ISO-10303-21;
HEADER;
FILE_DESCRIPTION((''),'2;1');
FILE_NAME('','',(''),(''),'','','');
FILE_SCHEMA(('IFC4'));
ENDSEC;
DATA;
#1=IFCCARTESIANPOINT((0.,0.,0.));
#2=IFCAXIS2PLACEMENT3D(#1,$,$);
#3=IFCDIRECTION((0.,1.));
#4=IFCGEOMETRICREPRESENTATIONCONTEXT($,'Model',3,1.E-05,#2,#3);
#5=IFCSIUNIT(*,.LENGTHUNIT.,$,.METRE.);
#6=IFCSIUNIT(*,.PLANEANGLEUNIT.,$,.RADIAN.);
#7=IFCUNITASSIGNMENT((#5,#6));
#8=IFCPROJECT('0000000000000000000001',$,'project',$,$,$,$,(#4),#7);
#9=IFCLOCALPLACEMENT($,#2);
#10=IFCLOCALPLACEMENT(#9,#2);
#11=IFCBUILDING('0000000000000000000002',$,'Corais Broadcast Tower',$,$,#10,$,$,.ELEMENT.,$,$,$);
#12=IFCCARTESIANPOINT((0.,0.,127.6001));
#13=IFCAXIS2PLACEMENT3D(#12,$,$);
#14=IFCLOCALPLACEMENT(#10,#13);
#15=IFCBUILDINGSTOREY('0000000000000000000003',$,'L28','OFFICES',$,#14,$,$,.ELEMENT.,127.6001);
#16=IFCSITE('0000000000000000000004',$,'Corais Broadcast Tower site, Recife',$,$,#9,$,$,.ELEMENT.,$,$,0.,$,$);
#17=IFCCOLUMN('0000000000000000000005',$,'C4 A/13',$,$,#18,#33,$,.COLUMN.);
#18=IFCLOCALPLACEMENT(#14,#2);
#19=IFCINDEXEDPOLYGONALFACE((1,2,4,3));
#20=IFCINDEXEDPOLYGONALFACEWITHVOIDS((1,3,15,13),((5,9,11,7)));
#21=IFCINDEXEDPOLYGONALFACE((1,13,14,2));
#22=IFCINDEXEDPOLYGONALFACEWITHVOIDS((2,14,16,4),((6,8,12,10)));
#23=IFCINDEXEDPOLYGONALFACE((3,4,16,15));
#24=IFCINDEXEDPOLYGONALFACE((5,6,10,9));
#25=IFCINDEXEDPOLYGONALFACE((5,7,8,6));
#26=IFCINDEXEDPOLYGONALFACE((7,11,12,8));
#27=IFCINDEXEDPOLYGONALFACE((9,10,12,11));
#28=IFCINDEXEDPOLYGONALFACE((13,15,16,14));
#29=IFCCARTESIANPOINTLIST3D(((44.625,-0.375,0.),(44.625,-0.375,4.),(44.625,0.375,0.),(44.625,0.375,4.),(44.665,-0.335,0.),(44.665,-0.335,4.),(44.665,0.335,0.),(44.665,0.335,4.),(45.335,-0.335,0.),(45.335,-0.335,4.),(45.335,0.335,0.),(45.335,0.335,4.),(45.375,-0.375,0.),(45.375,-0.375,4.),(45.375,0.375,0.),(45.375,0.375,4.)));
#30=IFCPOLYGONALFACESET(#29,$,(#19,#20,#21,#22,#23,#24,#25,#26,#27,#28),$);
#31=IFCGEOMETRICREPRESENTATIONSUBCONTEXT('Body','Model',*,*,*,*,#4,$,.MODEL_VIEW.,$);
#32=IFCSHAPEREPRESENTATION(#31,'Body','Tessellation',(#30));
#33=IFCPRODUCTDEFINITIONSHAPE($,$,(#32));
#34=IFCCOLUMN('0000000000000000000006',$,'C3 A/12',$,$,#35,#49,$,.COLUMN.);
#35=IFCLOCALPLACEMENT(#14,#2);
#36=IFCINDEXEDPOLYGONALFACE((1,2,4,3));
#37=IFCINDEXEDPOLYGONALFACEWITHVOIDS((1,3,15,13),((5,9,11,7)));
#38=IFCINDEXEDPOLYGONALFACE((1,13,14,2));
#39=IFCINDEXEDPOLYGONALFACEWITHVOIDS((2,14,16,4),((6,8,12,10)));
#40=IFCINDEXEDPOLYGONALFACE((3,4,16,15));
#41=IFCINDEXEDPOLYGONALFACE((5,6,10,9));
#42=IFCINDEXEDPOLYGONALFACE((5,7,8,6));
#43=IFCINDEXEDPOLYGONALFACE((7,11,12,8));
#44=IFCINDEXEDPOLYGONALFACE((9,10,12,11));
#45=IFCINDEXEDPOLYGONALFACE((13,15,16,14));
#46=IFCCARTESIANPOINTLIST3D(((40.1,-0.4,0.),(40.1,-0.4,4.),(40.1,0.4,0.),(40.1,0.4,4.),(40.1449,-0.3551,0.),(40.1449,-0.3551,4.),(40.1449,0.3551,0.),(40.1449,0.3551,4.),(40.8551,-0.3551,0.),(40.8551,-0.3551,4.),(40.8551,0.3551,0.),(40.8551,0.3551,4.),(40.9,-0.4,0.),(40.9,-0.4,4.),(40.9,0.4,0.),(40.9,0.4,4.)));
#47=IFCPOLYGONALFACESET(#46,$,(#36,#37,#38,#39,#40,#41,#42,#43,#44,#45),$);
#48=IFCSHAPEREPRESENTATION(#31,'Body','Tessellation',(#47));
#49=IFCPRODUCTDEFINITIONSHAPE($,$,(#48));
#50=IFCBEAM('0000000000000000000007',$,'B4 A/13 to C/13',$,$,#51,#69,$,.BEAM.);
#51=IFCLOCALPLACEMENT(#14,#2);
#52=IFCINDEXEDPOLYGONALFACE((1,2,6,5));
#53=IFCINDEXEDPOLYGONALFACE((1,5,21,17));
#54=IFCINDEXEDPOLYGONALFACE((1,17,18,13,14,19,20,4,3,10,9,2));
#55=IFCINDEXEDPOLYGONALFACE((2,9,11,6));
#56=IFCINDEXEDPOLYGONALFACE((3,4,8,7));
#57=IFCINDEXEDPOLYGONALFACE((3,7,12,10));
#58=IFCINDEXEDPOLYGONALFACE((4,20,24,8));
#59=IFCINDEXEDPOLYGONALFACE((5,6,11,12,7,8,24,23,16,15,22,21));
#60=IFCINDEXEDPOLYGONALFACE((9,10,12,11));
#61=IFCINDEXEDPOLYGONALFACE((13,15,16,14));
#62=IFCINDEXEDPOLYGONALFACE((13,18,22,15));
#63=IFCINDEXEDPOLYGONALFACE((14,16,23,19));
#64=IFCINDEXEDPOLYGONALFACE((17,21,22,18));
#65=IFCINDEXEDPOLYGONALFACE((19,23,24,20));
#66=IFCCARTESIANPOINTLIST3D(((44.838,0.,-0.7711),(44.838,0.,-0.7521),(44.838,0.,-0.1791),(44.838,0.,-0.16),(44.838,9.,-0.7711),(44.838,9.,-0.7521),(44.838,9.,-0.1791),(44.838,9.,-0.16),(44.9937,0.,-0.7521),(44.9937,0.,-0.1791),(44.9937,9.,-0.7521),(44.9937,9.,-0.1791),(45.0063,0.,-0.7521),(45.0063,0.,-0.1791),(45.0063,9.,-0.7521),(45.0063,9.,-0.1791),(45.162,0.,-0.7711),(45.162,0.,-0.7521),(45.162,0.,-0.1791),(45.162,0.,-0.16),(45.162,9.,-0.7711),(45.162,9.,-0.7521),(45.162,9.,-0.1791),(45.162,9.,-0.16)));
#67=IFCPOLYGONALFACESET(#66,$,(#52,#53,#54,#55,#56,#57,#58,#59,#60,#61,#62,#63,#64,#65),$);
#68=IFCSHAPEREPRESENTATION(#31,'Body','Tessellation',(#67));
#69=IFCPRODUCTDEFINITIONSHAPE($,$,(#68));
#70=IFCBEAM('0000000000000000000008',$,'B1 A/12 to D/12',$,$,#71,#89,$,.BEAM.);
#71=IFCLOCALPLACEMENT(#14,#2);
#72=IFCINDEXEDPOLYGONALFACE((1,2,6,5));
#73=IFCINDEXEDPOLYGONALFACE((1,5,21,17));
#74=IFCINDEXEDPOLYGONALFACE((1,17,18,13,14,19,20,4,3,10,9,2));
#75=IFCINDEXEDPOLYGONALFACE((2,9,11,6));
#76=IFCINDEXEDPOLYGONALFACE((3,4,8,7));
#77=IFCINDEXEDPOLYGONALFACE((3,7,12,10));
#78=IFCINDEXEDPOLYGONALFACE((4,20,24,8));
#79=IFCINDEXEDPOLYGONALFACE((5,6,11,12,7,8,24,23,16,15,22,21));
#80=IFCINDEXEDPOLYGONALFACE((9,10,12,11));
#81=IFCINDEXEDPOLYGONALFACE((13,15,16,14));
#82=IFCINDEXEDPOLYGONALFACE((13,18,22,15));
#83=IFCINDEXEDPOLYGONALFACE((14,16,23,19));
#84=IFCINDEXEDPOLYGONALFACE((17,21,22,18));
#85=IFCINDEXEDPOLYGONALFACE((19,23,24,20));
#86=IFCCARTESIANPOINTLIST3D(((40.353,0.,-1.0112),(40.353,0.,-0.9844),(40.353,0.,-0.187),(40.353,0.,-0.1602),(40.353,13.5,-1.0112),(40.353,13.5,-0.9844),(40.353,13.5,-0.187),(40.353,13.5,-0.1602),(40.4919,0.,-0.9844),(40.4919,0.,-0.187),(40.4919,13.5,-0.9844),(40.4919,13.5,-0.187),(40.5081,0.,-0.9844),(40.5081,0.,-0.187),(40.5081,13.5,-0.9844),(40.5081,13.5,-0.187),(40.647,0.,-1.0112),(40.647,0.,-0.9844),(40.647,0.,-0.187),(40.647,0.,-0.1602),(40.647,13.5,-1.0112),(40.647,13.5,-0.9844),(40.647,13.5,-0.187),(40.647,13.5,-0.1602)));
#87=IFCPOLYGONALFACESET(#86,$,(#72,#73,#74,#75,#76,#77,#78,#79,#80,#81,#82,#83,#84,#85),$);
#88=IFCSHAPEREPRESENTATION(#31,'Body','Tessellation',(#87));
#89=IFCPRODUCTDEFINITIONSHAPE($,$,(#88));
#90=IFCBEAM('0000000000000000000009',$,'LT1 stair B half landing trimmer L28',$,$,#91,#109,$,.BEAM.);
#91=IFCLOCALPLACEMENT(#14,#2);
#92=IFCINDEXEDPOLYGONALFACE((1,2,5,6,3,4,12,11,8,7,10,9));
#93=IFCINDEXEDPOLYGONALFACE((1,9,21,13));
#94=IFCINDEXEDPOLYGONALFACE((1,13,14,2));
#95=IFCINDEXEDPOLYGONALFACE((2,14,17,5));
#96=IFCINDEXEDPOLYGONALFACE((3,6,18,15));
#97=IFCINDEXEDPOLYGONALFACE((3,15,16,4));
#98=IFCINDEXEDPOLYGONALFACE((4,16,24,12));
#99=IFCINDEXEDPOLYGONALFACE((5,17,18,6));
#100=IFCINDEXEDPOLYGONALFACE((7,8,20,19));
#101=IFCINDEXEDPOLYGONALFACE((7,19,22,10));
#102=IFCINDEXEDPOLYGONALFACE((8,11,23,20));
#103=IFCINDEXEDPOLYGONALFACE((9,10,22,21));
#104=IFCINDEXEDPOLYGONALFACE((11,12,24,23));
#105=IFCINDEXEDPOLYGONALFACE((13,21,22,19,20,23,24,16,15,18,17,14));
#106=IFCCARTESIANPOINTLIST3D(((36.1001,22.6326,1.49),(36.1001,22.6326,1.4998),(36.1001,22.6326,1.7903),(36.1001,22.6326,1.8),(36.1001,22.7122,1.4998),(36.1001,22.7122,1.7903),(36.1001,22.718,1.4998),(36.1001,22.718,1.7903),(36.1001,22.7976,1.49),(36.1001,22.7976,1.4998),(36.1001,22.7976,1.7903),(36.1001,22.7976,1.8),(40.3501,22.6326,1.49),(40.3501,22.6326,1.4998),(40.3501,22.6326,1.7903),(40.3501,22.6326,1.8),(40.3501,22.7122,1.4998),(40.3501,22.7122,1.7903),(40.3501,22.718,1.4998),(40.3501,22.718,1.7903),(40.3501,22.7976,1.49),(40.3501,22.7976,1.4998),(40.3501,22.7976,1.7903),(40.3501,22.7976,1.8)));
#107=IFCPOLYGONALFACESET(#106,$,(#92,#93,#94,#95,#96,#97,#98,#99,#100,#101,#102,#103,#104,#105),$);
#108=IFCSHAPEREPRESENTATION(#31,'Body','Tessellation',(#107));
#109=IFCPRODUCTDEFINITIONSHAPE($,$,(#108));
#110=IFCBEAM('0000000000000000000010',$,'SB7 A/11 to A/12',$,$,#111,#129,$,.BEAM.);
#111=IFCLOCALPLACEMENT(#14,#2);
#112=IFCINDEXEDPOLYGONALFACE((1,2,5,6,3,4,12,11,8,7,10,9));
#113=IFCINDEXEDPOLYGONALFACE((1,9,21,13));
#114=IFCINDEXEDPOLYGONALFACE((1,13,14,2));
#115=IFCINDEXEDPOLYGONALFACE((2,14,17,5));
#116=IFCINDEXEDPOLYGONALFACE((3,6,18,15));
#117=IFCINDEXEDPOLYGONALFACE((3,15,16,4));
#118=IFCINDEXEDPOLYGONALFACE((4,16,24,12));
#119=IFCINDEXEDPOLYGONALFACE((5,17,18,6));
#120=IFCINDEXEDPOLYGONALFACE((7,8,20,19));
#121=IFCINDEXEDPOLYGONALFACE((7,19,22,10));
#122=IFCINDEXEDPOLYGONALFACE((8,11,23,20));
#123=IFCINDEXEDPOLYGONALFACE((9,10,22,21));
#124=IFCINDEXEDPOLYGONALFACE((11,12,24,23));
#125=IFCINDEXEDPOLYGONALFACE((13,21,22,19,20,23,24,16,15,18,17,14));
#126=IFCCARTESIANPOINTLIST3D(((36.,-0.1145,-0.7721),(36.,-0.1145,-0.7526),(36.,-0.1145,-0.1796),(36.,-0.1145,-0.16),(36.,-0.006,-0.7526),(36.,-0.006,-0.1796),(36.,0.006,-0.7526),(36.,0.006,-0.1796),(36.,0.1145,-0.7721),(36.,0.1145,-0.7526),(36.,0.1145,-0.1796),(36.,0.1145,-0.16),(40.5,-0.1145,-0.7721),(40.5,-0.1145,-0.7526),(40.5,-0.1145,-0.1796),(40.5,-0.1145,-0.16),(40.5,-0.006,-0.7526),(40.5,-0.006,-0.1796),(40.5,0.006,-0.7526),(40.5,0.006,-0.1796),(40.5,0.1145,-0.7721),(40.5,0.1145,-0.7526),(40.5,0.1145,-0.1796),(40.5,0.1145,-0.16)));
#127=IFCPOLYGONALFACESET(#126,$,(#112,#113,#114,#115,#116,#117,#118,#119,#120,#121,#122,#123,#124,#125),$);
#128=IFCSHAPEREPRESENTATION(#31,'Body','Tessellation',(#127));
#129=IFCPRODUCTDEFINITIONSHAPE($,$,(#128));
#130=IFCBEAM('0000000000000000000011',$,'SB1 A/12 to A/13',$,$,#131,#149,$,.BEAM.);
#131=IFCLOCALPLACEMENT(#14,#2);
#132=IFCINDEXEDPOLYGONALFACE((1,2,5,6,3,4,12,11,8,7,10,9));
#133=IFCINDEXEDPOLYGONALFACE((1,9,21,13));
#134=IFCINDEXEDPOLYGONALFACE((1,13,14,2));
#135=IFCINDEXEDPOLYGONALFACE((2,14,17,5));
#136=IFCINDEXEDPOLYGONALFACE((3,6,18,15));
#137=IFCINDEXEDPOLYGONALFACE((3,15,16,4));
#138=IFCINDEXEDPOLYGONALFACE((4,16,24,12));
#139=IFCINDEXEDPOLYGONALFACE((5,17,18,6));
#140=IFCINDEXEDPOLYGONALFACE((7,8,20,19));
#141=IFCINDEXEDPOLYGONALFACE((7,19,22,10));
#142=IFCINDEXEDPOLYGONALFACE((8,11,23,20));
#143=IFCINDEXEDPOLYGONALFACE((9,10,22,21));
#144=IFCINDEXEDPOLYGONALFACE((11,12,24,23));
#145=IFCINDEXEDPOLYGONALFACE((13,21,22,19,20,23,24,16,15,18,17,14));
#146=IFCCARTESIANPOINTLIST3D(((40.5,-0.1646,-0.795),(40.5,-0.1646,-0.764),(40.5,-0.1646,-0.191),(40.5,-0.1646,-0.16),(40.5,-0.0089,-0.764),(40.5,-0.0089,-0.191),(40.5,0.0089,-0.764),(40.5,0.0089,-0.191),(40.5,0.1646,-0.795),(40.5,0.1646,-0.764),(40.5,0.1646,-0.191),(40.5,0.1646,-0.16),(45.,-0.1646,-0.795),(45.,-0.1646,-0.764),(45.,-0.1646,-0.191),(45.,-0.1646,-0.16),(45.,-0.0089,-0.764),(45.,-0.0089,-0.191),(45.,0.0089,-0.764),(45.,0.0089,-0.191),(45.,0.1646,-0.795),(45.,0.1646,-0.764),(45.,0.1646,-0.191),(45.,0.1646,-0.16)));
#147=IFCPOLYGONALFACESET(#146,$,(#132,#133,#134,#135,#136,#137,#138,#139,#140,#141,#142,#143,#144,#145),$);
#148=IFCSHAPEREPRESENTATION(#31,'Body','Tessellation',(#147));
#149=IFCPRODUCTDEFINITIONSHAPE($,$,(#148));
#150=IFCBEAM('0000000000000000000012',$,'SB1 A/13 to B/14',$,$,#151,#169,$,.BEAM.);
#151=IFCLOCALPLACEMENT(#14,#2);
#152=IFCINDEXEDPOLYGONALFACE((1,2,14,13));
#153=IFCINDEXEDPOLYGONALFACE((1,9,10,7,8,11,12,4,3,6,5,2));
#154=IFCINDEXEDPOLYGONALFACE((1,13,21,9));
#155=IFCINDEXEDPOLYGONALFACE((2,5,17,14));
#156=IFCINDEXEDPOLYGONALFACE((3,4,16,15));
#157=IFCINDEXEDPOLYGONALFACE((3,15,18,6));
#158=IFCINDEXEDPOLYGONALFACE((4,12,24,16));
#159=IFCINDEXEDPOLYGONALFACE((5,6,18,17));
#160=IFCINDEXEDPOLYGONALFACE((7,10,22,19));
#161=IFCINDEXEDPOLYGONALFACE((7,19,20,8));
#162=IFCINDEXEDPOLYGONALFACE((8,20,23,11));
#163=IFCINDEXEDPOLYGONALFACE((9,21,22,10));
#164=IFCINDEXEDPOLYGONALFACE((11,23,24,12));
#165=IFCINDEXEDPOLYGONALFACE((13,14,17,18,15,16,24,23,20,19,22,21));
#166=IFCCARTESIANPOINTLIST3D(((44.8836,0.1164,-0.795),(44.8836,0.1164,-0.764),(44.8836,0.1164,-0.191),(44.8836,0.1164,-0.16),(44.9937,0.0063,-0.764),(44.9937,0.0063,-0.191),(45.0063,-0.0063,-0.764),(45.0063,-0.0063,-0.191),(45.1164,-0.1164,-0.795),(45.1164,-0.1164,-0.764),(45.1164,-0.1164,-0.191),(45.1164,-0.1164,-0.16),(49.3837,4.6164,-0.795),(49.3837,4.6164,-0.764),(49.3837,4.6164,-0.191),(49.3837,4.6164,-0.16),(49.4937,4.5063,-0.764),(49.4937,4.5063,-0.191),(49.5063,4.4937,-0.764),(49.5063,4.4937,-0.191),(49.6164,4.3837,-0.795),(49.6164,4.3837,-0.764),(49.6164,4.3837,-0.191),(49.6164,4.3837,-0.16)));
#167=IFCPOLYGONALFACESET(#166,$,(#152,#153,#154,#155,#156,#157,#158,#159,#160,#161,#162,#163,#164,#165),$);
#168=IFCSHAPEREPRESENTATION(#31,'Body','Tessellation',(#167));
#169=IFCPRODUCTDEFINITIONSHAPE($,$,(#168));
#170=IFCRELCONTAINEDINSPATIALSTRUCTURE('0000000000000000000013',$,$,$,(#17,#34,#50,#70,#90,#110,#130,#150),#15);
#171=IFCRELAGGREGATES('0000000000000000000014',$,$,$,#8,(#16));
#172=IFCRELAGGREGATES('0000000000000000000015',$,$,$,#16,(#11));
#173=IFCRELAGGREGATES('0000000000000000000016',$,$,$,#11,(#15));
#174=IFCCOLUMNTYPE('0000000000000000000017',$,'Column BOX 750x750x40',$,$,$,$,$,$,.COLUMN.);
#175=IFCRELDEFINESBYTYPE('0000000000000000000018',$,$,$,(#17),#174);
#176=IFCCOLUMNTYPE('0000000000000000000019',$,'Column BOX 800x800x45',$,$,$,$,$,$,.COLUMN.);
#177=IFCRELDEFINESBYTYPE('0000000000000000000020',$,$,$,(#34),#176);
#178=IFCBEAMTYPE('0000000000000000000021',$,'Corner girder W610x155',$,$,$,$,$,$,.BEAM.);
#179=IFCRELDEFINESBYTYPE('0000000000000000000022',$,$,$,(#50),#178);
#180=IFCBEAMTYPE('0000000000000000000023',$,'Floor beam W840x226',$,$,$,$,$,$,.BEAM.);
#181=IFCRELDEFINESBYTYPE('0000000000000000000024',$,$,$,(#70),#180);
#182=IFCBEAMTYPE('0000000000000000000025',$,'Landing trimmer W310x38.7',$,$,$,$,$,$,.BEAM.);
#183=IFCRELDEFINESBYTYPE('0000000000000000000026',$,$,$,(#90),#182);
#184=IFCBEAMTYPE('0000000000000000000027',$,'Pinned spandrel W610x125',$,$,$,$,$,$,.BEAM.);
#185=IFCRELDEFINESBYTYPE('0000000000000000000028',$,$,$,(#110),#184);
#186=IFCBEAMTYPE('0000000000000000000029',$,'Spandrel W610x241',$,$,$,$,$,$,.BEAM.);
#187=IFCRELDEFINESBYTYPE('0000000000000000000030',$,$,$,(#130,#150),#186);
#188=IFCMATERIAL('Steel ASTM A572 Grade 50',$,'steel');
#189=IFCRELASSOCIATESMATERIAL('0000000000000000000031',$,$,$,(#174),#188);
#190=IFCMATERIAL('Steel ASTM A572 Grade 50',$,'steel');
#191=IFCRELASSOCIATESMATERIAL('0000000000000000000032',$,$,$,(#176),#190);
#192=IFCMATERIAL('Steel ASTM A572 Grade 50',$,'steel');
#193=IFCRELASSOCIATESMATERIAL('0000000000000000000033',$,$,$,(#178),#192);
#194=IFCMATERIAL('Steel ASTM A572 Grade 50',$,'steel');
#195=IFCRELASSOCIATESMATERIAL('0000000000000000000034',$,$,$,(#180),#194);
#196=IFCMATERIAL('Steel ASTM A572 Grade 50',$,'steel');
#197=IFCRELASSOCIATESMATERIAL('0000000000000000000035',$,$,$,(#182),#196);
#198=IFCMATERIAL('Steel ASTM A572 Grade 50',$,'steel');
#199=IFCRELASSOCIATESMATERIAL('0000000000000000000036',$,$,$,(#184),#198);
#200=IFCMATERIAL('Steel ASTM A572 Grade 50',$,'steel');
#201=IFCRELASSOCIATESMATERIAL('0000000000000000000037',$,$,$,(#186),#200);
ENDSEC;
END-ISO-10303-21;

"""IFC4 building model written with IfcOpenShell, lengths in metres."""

from ifc_helpers import new_model, si_unit, direction, frame, origin, origin_2d, place, context, subcontext, project, spatial, hollow_rectangle, i_section, extrude, material, material_profile, profile_set, type_object, element, save


model = new_model("IFC4")

# Units and contexts
model_context = context("Model", 3, precision=1e-05, world=origin(), true_north=direction((0.0, 1.0)))
body_context = subcontext(model_context, "Body", "Model", "MODEL_VIEW")
ifc_project = project(units=[si_unit("LENGTHUNIT", "METRE"), si_unit("PLANEANGLEUNIT", "RADIAN")], contexts=[model_context])

# Site, building, storey
site_placement = place(None, origin())
site = spatial("IfcSite", under=ifc_project, at=site_placement, Name="Corais Broadcast Tower site, Recife", CompositionType="ELEMENT", RefElevation=0.0)
building_placement = place(site_placement, origin())
building = spatial("IfcBuilding", under=site, at=building_placement, Name="Corais Broadcast Tower", CompositionType="ELEMENT")
storey_placement = place(building_placement, frame((0.0, 0.0, 127.6001)))
storey = spatial("IfcBuildingStorey", under=building, at=storey_placement, Name="L28", Description="OFFICES", CompositionType="ELEMENT", Elevation=127.6001)

# Columns
ifc_material_1 = material(Name="Steel ASTM A572 Grade 50", Category="steel")
ifc_material_profile_1 = material_profile(ifc_material_1, hollow_rectangle(XDim=0.75, YDim=0.75, WallThickness=0.04, at=origin_2d()), Name="BOX 750x750x40")
ifc_profile_set_1 = profile_set([ifc_material_profile_1], Name="Steel ASTM A572 Grade 50")
column_type_1 = type_object("IfcColumnType", Name="Column BOX 750x750x40", PredefinedType="COLUMN", material=ifc_profile_set_1)
column_1_placement = place(storey_placement, frame((45.0, 0.0, 0.0), z_axis=(0.0, 0.0, 1.0), x_axis=(1.0, 0.0, 0.0)))
element("IfcColumn", 1, at=column_1_placement, inside=storey, type_object=column_type_1, Name="C4 A/13", PredefinedType="COLUMN", context=body_context, shape_type="SweptSolid", body=[
    extrude(hollow_rectangle(XDim=0.75, YDim=0.75, WallThickness=0.04, at=origin_2d()), origin(), (0.0, 0.0, 1.0), 4.0),
])
ifc_material_2 = material(Name="Steel ASTM A572 Grade 50", Category="steel")
ifc_material_profile_2 = material_profile(ifc_material_2, hollow_rectangle(XDim=0.8, YDim=0.8, WallThickness=0.0449, at=origin_2d()), Name="BOX 800x800x45")
ifc_profile_set_2 = profile_set([ifc_material_profile_2], Name="Steel ASTM A572 Grade 50")
column_type_2 = type_object("IfcColumnType", Name="Column BOX 800x800x45", PredefinedType="COLUMN", material=ifc_profile_set_2)
column_2_placement = place(storey_placement, frame((40.5, 0.0, 0.0), z_axis=(0.0, 0.0, 1.0), x_axis=(1.0, 0.0, 0.0)))
element("IfcColumn", 2, at=column_2_placement, inside=storey, type_object=column_type_2, Name="C3 A/12", PredefinedType="COLUMN", context=body_context, shape_type="SweptSolid", body=[
    extrude(hollow_rectangle(XDim=0.8, YDim=0.8, WallThickness=0.0449, at=origin_2d()), origin(), (0.0, 0.0, 1.0), 4.0),
])

# Beams
ifc_material_3 = material(Name="Steel ASTM A572 Grade 50", Category="steel")
ifc_material_profile_3 = material_profile(ifc_material_3, i_section(OverallWidth=0.324, OverallDepth=0.6111, WebThickness=0.0127, FlangeThickness=0.019, at=origin_2d()), Name="W610x155")
ifc_profile_set_3 = profile_set([ifc_material_profile_3], Name="Steel ASTM A572 Grade 50")
beam_type_1 = type_object("IfcBeamType", Name="Corner girder W610x155", PredefinedType="BEAM", material=ifc_profile_set_3)
beam_1_placement = place(storey_placement, frame((45.0, 0.0, -0.4656), z_axis=(0.0, 1.0, 0.0), x_axis=(-1.0, 0.0, 0.0)))
element("IfcBeam", 3, at=beam_1_placement, inside=storey, type_object=beam_type_1, Name="B4 A/13 to C/13", PredefinedType="BEAM", context=body_context, shape_type="SweptSolid", body=[
    extrude(i_section(OverallWidth=0.324, OverallDepth=0.6111, WebThickness=0.0127, FlangeThickness=0.019, at=origin_2d()), origin(), (0.0, 0.0, 1.0), 9.0),
])
ifc_material_4 = material(Name="Steel ASTM A572 Grade 50", Category="steel")
ifc_material_profile_4 = material_profile(ifc_material_4, i_section(OverallWidth=0.2939, OverallDepth=0.8511, WebThickness=0.0161, FlangeThickness=0.0269, at=origin_2d()), Name="W840x226")
ifc_profile_set_4 = profile_set([ifc_material_profile_4], Name="Steel ASTM A572 Grade 50")
beam_type_2 = type_object("IfcBeamType", Name="Floor beam W840x226", PredefinedType="BEAM", material=ifc_profile_set_4)
beam_2_placement = place(storey_placement, frame((40.5, 0.0, -0.5857), z_axis=(0.0, 1.0, 0.0), x_axis=(-1.0, 0.0, 0.0)))
element("IfcBeam", 4, at=beam_2_placement, inside=storey, type_object=beam_type_2, Name="B1 A/12 to D/12", PredefinedType="BEAM", context=body_context, shape_type="SweptSolid", body=[
    extrude(i_section(OverallWidth=0.2939, OverallDepth=0.8511, WebThickness=0.0161, FlangeThickness=0.0269, at=origin_2d()), origin(), (0.0, 0.0, 1.0), 13.5),
])
ifc_material_5 = material(Name="Steel ASTM A572 Grade 50", Category="steel")
ifc_material_profile_5 = material_profile(ifc_material_5, i_section(OverallWidth=0.165, OverallDepth=0.3101, WebThickness=0.0059, FlangeThickness=0.0098, at=origin_2d()), Name="W310x38.7")
ifc_profile_set_5 = profile_set([ifc_material_profile_5], Name="Steel ASTM A572 Grade 50")
beam_type_3 = type_object("IfcBeamType", Name="Landing trimmer W310x38.7", PredefinedType="BEAM", material=ifc_profile_set_5)
beam_3_placement = place(storey_placement, frame((36.1001, 22.7151, 1.645), z_axis=(1.0, 0.0, 0.0), x_axis=(0.0, 1.0, 0.0)))
element("IfcBeam", 5, at=beam_3_placement, inside=storey, type_object=beam_type_3, Name="LT1 stair B half landing trimmer L28", PredefinedType="BEAM", context=body_context, shape_type="SweptSolid", body=[
    extrude(i_section(OverallWidth=0.165, OverallDepth=0.3101, WebThickness=0.0059, FlangeThickness=0.0098, at=origin_2d()), origin(), (0.0, 0.0, 1.0), 4.25),
])
ifc_material_6 = material(Name="Steel ASTM A572 Grade 50", Category="steel")
ifc_material_profile_6 = material_profile(ifc_material_6, i_section(OverallWidth=0.229, OverallDepth=0.6121, WebThickness=0.012, FlangeThickness=0.0195, at=origin_2d()), Name="W610x125")
ifc_profile_set_6 = profile_set([ifc_material_profile_6], Name="Steel ASTM A572 Grade 50")
beam_type_4 = type_object("IfcBeamType", Name="Pinned spandrel W610x125", PredefinedType="BEAM", material=ifc_profile_set_6)
beam_4_placement = place(storey_placement, frame((36.0, 0.0, -0.4661), z_axis=(1.0, 0.0, 0.0), x_axis=(0.0, 1.0, 0.0)))
element("IfcBeam", 6, at=beam_4_placement, inside=storey, type_object=beam_type_4, Name="SB7 A/11 to A/12", PredefinedType="BEAM", context=body_context, shape_type="SweptSolid", body=[
    extrude(i_section(OverallWidth=0.229, OverallDepth=0.6121, WebThickness=0.012, FlangeThickness=0.0195, at=origin_2d()), origin(), (0.0, 0.0, 1.0), 4.5),
])
ifc_material_7 = material(Name="Steel ASTM A572 Grade 50", Category="steel")
ifc_material_profile_7 = material_profile(ifc_material_7, i_section(OverallWidth=0.3291, OverallDepth=0.635, WebThickness=0.0178, FlangeThickness=0.031, at=origin_2d()), Name="W610x241")
ifc_profile_set_7 = profile_set([ifc_material_profile_7], Name="Steel ASTM A572 Grade 50")
beam_type_5 = type_object("IfcBeamType", Name="Spandrel W610x241", PredefinedType="BEAM", material=ifc_profile_set_7)
beam_5_placement = place(storey_placement, frame((40.5, 0.0, -0.4775), z_axis=(1.0, 0.0, 0.0), x_axis=(0.0, 1.0, 0.0)))
element("IfcBeam", 7, at=beam_5_placement, inside=storey, type_object=beam_type_5, Name="SB1 A/12 to A/13", PredefinedType="BEAM", context=body_context, shape_type="SweptSolid", body=[
    extrude(i_section(OverallWidth=0.3291, OverallDepth=0.635, WebThickness=0.0178, FlangeThickness=0.031, at=origin_2d()), origin(), (0.0, 0.0, 1.0), 4.5),
])
beam_6_placement = place(storey_placement, frame((45.0, 0.0, -0.4775), z_axis=(0.707107, 0.707107, 0.0), x_axis=(-0.707107, 0.707107, 0.0)))
element("IfcBeam", 8, at=beam_6_placement, inside=storey, type_object=beam_type_5, Name="SB1 A/13 to B/14", PredefinedType="BEAM", context=body_context, shape_type="SweptSolid", body=[
    extrude(i_section(OverallWidth=0.3291, OverallDepth=0.635, WebThickness=0.0178, FlangeThickness=0.031, at=origin_2d()), origin(), (0.0, 0.0, 1.0), 6.364),
])

save(model, "model.ifc")
